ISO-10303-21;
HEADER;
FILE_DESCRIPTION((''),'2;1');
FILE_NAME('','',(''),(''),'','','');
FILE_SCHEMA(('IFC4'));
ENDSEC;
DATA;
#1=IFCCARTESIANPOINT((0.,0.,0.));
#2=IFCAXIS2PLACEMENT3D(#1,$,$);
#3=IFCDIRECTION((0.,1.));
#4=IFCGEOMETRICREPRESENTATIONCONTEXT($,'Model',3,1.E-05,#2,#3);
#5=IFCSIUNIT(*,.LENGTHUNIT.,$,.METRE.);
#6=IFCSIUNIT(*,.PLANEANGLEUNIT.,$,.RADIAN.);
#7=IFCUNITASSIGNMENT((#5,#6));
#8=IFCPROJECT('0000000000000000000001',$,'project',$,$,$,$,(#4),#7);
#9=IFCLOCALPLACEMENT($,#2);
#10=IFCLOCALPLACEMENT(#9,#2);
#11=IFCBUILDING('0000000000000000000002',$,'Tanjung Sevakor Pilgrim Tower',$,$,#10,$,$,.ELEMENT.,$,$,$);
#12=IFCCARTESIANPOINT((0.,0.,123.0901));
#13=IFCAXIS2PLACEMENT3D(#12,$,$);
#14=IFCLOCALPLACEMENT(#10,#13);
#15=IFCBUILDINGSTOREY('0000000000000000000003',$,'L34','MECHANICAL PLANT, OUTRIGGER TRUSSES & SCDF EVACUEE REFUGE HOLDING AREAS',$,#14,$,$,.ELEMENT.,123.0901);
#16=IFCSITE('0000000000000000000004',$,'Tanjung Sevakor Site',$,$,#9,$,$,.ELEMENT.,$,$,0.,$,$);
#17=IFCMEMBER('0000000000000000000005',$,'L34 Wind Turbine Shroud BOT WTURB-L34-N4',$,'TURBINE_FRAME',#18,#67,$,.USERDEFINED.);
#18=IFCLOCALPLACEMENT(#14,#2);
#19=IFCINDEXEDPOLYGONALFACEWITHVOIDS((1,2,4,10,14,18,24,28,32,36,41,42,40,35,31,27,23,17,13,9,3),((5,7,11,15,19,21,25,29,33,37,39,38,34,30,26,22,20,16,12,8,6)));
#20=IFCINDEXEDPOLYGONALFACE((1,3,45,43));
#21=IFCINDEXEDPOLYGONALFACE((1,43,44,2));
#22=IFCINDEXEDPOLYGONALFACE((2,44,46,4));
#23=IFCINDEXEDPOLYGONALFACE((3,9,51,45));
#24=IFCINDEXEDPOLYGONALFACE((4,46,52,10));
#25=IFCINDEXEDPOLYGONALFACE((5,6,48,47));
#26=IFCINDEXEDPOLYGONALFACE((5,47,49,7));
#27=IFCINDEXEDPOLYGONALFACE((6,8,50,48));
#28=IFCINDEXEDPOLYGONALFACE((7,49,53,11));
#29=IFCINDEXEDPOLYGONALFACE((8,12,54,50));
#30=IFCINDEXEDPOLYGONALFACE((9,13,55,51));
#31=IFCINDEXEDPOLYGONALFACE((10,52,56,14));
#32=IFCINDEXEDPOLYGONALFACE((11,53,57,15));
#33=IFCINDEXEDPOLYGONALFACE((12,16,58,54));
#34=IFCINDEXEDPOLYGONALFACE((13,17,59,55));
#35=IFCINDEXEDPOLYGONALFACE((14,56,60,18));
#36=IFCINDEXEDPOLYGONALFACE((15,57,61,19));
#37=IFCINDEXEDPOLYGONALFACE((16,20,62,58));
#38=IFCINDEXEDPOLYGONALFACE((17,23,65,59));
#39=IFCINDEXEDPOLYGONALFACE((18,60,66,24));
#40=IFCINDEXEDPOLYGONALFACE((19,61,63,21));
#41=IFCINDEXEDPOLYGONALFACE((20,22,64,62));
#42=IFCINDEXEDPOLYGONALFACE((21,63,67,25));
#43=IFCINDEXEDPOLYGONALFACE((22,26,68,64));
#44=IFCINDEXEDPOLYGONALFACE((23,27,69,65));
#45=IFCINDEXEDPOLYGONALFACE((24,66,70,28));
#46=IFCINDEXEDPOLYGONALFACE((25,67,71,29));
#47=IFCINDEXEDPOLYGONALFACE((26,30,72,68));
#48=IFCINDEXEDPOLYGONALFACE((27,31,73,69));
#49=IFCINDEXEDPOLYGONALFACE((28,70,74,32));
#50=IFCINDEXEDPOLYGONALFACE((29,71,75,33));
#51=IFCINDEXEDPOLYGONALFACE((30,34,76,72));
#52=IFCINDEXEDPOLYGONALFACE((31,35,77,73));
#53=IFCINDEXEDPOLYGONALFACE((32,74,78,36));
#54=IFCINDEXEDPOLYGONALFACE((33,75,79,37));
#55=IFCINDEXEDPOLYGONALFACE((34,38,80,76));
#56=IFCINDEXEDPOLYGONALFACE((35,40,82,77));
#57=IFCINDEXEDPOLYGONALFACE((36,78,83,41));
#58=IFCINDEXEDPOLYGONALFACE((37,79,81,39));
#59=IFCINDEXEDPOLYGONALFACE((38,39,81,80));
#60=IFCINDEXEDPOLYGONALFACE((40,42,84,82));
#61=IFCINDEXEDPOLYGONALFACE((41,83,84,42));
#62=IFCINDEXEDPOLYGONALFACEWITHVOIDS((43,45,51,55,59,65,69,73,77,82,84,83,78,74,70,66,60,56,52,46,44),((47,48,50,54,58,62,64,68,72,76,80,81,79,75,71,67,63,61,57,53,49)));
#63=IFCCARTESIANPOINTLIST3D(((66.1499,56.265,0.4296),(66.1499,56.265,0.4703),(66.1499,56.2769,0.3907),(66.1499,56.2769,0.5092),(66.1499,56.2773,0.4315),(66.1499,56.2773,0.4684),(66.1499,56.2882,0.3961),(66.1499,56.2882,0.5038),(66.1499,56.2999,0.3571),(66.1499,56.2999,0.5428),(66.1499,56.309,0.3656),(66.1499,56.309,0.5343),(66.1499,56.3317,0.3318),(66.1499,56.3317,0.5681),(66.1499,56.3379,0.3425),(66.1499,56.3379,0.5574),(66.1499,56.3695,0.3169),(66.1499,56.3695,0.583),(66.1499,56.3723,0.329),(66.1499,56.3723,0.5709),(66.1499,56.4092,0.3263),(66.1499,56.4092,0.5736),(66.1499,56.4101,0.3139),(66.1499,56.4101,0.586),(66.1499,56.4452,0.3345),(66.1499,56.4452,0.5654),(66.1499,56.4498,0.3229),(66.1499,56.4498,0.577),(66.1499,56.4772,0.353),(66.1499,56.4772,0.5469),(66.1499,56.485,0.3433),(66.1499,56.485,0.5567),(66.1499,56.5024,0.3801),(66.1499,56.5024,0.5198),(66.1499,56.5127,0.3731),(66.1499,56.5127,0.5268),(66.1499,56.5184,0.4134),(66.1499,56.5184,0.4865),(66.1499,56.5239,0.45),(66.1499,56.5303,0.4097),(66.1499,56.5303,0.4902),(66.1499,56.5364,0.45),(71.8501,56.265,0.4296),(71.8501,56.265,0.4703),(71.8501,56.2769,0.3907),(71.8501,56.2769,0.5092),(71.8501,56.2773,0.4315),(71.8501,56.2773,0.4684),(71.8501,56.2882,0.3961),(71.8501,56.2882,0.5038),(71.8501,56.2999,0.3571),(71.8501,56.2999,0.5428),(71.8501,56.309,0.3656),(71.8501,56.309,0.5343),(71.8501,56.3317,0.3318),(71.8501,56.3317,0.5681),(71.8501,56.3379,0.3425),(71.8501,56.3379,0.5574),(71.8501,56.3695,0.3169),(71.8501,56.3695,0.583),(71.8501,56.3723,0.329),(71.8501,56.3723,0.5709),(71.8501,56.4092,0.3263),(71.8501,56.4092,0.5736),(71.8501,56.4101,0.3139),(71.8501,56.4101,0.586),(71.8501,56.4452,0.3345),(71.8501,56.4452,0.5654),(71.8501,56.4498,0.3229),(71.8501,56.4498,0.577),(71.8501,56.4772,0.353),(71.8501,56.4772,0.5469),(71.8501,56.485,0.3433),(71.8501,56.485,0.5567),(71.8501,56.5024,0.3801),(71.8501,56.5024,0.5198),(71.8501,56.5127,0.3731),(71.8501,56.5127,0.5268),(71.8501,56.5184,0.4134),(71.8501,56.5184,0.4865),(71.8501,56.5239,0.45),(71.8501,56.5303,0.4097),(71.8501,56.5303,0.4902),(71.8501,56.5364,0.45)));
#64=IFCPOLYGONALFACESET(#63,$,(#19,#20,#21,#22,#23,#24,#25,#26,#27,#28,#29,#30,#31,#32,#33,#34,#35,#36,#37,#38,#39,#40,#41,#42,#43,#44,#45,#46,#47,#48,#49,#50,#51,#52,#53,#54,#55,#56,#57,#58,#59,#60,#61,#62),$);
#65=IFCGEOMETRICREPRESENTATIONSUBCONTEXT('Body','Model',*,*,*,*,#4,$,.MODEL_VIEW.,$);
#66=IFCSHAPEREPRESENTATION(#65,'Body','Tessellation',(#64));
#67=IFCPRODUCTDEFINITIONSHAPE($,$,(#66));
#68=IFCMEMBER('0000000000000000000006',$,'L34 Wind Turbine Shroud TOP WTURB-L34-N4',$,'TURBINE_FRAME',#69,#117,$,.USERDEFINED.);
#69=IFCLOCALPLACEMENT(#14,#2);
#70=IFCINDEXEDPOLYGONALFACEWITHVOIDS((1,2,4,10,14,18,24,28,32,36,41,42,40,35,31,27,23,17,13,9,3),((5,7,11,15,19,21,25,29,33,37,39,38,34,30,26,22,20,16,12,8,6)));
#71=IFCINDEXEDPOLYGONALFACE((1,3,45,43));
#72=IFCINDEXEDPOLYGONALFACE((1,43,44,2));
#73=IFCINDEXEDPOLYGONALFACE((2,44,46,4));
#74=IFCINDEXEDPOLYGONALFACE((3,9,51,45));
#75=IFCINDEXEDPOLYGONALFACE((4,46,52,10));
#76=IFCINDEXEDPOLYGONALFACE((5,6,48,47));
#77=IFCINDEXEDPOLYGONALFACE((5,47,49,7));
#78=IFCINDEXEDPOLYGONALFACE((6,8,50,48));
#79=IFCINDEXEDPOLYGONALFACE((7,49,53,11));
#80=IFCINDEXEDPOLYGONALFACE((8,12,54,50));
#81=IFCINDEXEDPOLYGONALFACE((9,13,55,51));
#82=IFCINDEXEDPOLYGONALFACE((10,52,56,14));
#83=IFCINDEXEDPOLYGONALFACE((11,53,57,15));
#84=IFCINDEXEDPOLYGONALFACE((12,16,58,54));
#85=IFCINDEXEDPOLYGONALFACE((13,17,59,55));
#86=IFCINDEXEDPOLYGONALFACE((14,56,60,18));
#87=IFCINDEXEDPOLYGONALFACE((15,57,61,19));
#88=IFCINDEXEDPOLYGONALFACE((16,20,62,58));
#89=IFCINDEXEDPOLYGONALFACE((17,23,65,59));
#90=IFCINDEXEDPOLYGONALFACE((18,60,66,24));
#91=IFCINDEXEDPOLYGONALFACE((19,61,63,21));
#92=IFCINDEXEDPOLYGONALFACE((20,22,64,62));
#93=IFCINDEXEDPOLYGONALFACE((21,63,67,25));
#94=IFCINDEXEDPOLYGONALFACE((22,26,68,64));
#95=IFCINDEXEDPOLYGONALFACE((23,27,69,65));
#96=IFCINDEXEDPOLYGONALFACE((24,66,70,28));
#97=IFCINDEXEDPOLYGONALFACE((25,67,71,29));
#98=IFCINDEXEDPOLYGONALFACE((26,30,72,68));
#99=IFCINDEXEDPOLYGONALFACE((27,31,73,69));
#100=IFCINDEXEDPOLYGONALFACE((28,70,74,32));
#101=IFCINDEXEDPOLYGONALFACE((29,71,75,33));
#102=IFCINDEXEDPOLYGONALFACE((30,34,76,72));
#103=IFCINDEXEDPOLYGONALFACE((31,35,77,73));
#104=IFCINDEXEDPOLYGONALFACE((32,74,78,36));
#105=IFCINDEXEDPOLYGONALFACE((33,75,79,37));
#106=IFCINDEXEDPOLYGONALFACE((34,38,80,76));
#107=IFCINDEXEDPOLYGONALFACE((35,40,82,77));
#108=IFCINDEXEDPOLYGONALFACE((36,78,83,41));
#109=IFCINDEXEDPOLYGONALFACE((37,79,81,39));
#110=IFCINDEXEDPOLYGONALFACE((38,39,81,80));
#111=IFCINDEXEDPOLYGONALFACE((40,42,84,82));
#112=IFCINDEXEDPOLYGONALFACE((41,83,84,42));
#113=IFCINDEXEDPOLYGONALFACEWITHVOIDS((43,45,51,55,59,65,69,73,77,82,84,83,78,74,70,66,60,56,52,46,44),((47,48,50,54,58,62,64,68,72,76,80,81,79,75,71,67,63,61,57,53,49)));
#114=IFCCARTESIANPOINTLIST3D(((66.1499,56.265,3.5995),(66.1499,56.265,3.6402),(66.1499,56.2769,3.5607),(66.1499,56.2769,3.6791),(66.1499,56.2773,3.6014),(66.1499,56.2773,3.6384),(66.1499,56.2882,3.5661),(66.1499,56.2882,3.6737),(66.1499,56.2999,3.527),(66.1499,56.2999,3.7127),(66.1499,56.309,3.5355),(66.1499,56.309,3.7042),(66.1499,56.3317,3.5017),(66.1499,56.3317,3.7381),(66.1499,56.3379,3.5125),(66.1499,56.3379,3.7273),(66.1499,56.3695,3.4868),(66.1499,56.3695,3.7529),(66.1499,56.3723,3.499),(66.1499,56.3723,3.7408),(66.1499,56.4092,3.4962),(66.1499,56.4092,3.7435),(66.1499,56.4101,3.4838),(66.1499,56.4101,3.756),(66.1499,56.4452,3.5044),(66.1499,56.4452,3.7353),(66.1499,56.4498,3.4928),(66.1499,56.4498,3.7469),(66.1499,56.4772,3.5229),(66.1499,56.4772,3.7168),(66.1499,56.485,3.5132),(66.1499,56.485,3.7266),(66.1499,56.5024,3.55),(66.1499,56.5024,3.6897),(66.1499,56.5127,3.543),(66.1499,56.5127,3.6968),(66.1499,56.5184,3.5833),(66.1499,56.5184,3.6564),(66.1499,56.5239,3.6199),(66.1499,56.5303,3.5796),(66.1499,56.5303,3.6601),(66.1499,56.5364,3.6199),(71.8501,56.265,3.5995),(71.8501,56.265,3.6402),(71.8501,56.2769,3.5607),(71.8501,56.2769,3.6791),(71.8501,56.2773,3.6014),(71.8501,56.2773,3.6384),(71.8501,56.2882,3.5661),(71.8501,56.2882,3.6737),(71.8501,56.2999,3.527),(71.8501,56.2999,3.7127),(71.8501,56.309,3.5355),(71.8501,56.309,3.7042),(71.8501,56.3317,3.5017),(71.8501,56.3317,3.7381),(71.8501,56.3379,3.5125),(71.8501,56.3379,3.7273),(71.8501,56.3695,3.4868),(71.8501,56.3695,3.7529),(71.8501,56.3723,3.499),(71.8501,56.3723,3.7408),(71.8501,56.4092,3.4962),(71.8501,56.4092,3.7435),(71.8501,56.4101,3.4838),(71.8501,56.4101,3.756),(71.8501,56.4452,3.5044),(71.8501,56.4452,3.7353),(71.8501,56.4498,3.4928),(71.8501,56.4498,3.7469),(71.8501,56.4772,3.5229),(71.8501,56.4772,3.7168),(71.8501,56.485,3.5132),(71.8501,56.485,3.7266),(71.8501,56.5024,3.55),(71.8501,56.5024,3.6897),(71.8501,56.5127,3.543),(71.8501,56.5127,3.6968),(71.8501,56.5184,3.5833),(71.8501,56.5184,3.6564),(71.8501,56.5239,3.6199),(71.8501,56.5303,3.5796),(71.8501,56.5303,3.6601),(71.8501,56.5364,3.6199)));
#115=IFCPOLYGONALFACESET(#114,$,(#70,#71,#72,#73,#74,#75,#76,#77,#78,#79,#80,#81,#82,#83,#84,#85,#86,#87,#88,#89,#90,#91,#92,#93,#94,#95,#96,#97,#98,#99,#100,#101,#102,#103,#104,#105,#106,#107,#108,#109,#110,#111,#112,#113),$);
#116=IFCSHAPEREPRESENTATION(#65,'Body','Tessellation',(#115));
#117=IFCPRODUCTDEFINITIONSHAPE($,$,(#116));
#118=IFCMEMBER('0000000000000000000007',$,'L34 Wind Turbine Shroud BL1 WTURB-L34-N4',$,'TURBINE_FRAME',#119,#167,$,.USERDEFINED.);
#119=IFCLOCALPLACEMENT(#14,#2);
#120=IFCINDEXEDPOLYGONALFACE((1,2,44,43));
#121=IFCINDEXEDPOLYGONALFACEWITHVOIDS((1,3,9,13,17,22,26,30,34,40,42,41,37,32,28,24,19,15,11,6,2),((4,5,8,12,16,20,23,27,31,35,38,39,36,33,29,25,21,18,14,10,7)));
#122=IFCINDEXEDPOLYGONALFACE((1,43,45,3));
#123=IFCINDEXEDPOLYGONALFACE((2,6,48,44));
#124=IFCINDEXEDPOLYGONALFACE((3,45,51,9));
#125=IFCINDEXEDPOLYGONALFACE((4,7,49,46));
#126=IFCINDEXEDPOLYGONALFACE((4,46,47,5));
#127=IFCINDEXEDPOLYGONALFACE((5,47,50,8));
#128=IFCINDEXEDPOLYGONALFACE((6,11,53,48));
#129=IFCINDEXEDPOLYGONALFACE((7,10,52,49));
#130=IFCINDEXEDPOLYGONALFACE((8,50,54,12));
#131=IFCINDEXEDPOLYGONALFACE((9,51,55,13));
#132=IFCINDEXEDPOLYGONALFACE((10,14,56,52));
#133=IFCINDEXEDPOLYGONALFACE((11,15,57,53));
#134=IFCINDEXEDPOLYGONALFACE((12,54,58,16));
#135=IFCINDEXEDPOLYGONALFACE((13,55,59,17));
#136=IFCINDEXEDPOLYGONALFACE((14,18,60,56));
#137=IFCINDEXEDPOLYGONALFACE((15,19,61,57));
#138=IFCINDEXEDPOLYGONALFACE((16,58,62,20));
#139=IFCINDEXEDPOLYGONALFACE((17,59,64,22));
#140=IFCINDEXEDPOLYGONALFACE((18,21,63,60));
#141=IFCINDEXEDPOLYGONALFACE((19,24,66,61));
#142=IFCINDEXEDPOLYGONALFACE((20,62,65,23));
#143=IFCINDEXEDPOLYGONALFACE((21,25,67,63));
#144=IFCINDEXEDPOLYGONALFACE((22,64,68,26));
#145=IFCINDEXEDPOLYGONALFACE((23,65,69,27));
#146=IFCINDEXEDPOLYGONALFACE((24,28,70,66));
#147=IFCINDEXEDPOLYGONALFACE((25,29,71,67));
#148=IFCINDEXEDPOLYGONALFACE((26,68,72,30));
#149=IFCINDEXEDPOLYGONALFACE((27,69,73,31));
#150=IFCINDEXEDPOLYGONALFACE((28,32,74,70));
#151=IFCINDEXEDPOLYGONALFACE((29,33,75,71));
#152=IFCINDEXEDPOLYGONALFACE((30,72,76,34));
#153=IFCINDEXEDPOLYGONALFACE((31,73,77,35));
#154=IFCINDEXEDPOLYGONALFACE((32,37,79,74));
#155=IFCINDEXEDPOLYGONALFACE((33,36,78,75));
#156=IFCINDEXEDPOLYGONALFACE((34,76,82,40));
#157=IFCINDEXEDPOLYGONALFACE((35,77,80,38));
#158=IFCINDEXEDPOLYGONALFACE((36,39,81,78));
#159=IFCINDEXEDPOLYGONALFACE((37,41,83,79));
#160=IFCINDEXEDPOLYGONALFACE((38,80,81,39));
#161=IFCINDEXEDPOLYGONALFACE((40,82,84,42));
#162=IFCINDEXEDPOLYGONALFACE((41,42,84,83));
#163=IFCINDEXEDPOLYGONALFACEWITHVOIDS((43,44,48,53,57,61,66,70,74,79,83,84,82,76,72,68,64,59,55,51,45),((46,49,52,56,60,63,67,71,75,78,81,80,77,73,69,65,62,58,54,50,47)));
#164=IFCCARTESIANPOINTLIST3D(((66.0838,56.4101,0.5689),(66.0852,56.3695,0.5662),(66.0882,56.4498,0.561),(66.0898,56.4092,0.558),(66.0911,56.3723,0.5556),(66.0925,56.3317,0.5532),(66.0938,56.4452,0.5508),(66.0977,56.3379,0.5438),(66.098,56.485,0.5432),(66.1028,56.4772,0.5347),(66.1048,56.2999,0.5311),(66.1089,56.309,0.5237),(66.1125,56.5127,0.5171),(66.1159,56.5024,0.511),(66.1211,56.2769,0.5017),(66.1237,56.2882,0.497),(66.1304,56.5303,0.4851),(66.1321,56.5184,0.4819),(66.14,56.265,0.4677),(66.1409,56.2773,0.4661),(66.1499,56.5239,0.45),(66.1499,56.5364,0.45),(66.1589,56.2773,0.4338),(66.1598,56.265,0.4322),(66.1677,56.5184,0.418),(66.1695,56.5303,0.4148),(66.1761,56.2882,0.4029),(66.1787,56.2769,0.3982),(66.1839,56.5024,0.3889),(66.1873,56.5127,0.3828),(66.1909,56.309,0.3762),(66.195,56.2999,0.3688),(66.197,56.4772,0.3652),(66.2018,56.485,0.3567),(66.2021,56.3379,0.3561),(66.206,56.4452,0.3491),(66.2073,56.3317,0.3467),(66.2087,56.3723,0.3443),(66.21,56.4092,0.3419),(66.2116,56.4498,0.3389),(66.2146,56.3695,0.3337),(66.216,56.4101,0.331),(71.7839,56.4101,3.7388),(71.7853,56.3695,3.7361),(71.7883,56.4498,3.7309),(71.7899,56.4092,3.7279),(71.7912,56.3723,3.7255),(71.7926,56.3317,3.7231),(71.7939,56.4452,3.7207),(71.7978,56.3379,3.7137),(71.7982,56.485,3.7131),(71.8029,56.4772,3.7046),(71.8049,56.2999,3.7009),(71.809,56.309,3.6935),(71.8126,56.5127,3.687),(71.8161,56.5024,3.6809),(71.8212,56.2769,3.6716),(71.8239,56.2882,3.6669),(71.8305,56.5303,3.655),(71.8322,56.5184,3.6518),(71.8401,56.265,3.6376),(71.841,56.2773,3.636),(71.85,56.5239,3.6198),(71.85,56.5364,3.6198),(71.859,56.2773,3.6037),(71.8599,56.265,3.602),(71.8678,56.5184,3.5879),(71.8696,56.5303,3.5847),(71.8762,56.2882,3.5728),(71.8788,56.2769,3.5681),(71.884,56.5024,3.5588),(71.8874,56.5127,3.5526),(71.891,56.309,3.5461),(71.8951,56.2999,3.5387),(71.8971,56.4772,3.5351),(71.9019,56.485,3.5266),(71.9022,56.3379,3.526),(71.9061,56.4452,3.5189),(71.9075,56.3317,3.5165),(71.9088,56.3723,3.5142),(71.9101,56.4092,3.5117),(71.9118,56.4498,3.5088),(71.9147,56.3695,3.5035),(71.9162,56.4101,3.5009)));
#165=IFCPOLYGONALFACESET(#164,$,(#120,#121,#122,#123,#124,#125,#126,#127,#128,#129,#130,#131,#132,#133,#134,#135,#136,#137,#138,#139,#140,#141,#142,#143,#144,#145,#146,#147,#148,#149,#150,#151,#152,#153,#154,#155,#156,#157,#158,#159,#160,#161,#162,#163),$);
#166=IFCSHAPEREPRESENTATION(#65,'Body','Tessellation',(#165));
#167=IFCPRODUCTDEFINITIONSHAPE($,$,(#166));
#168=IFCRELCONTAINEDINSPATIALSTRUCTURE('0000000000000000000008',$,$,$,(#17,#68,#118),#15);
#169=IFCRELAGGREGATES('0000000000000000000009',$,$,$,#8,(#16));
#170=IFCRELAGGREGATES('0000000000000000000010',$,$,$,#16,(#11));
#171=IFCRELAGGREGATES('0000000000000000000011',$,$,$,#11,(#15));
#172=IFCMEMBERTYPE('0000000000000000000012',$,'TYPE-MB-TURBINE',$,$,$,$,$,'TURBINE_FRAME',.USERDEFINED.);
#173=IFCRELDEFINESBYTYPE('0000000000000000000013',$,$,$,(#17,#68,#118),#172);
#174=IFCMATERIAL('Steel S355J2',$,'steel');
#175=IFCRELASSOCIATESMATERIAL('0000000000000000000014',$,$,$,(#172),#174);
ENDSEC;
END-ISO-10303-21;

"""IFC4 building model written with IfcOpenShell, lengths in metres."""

from ifc_helpers import new_model, si_unit, direction, frame, origin, origin_2d, place, context, subcontext, project, spatial, hollow_circle, extrude, material, material_profile, profile_set, type_object, element, save


model = new_model("IFC4")

# Units and contexts
model_context = context("Model", 3, precision=1e-05, world=origin(), true_north=direction((0.0, 1.0)))
body_context = subcontext(model_context, "Body", "Model", "MODEL_VIEW")
ifc_project = project(units=[si_unit("LENGTHUNIT", "METRE"), si_unit("PLANEANGLEUNIT", "RADIAN")], contexts=[model_context])

# Site, building, storey
site_placement = place(None, origin())
site = spatial("IfcSite", under=ifc_project, at=site_placement, Name="Tanjung Sevakor Site", CompositionType="ELEMENT", RefElevation=0.0)
building_placement = place(site_placement, origin())
building = spatial("IfcBuilding", under=site, at=building_placement, Name="Tanjung Sevakor Pilgrim Tower", CompositionType="ELEMENT")
storey_placement = place(building_placement, frame((0.0, 0.0, 123.0901)))
storey = spatial("IfcBuildingStorey", under=building, at=storey_placement, Name="L34", Description="MECHANICAL PLANT, OUTRIGGER TRUSSES & SCDF EVACUEE REFUGE HOLDING AREAS", CompositionType="ELEMENT", Elevation=123.0901)

# Members
ifc_material_1 = material(Name="Steel S355J2", Category="steel")
ifc_material_profile_1 = material_profile(ifc_material_1, hollow_circle(Radius=0.1365, WallThickness=0.0125, at=origin_2d()))
ifc_profile_set_1 = profile_set([ifc_material_profile_1], Name="Steel S355J2")
member_type_1 = type_object("IfcMemberType", Name="TYPE-MB-TURBINE", ElementType="TURBINE_FRAME", PredefinedType="USERDEFINED", material=ifc_profile_set_1)
for number, where, z_axis, x_axis, name in (
    (1, (66.1499, 56.3999, 0.45), (1.0, 0.0, 0.0), (0.0, 1.0, 0.0), "L34 Wind Turbine Shroud BOT WTURB-L34-N4"),
    (2, (66.1499, 56.3999, 3.6199), (1.0, 0.0, 0.0), (0.0, 1.0, 0.0), "L34 Wind Turbine Shroud TOP WTURB-L34-N4"),
):
    element("IfcMember", number, at=place(storey_placement, frame(where, z_axis=z_axis, x_axis=x_axis)), inside=storey, type_object=member_type_1, Name=name, ObjectType="TURBINE_FRAME", PredefinedType="USERDEFINED", context=body_context, shape_type="SweptSolid", body=[
        extrude(hollow_circle(Radius=0.1365, WallThickness=0.0125, at=origin_2d()), origin(), (0.0, 0.0, 1.0), 5.7002),
    ])
for number, where, z_axis, x_axis, name in (
    (3, (66.1499, 56.3999, 0.45), (0.873952, 0.0, 0.486012), (0.0, 1.0, 0.0), "L34 Wind Turbine Shroud BL1 WTURB-L34-N4"),
):
    element("IfcMember", number, at=place(storey_placement, frame(where, z_axis=z_axis, x_axis=x_axis)), inside=storey, type_object=member_type_1, Name=name, ObjectType="TURBINE_FRAME", PredefinedType="USERDEFINED", context=body_context, shape_type="SweptSolid", body=[
        extrude(hollow_circle(Radius=0.1365, WallThickness=0.0125, at=origin_2d()), origin(), (0.0, 0.0, 1.0), 6.5222),
    ])

save(model, "model.ifc")
